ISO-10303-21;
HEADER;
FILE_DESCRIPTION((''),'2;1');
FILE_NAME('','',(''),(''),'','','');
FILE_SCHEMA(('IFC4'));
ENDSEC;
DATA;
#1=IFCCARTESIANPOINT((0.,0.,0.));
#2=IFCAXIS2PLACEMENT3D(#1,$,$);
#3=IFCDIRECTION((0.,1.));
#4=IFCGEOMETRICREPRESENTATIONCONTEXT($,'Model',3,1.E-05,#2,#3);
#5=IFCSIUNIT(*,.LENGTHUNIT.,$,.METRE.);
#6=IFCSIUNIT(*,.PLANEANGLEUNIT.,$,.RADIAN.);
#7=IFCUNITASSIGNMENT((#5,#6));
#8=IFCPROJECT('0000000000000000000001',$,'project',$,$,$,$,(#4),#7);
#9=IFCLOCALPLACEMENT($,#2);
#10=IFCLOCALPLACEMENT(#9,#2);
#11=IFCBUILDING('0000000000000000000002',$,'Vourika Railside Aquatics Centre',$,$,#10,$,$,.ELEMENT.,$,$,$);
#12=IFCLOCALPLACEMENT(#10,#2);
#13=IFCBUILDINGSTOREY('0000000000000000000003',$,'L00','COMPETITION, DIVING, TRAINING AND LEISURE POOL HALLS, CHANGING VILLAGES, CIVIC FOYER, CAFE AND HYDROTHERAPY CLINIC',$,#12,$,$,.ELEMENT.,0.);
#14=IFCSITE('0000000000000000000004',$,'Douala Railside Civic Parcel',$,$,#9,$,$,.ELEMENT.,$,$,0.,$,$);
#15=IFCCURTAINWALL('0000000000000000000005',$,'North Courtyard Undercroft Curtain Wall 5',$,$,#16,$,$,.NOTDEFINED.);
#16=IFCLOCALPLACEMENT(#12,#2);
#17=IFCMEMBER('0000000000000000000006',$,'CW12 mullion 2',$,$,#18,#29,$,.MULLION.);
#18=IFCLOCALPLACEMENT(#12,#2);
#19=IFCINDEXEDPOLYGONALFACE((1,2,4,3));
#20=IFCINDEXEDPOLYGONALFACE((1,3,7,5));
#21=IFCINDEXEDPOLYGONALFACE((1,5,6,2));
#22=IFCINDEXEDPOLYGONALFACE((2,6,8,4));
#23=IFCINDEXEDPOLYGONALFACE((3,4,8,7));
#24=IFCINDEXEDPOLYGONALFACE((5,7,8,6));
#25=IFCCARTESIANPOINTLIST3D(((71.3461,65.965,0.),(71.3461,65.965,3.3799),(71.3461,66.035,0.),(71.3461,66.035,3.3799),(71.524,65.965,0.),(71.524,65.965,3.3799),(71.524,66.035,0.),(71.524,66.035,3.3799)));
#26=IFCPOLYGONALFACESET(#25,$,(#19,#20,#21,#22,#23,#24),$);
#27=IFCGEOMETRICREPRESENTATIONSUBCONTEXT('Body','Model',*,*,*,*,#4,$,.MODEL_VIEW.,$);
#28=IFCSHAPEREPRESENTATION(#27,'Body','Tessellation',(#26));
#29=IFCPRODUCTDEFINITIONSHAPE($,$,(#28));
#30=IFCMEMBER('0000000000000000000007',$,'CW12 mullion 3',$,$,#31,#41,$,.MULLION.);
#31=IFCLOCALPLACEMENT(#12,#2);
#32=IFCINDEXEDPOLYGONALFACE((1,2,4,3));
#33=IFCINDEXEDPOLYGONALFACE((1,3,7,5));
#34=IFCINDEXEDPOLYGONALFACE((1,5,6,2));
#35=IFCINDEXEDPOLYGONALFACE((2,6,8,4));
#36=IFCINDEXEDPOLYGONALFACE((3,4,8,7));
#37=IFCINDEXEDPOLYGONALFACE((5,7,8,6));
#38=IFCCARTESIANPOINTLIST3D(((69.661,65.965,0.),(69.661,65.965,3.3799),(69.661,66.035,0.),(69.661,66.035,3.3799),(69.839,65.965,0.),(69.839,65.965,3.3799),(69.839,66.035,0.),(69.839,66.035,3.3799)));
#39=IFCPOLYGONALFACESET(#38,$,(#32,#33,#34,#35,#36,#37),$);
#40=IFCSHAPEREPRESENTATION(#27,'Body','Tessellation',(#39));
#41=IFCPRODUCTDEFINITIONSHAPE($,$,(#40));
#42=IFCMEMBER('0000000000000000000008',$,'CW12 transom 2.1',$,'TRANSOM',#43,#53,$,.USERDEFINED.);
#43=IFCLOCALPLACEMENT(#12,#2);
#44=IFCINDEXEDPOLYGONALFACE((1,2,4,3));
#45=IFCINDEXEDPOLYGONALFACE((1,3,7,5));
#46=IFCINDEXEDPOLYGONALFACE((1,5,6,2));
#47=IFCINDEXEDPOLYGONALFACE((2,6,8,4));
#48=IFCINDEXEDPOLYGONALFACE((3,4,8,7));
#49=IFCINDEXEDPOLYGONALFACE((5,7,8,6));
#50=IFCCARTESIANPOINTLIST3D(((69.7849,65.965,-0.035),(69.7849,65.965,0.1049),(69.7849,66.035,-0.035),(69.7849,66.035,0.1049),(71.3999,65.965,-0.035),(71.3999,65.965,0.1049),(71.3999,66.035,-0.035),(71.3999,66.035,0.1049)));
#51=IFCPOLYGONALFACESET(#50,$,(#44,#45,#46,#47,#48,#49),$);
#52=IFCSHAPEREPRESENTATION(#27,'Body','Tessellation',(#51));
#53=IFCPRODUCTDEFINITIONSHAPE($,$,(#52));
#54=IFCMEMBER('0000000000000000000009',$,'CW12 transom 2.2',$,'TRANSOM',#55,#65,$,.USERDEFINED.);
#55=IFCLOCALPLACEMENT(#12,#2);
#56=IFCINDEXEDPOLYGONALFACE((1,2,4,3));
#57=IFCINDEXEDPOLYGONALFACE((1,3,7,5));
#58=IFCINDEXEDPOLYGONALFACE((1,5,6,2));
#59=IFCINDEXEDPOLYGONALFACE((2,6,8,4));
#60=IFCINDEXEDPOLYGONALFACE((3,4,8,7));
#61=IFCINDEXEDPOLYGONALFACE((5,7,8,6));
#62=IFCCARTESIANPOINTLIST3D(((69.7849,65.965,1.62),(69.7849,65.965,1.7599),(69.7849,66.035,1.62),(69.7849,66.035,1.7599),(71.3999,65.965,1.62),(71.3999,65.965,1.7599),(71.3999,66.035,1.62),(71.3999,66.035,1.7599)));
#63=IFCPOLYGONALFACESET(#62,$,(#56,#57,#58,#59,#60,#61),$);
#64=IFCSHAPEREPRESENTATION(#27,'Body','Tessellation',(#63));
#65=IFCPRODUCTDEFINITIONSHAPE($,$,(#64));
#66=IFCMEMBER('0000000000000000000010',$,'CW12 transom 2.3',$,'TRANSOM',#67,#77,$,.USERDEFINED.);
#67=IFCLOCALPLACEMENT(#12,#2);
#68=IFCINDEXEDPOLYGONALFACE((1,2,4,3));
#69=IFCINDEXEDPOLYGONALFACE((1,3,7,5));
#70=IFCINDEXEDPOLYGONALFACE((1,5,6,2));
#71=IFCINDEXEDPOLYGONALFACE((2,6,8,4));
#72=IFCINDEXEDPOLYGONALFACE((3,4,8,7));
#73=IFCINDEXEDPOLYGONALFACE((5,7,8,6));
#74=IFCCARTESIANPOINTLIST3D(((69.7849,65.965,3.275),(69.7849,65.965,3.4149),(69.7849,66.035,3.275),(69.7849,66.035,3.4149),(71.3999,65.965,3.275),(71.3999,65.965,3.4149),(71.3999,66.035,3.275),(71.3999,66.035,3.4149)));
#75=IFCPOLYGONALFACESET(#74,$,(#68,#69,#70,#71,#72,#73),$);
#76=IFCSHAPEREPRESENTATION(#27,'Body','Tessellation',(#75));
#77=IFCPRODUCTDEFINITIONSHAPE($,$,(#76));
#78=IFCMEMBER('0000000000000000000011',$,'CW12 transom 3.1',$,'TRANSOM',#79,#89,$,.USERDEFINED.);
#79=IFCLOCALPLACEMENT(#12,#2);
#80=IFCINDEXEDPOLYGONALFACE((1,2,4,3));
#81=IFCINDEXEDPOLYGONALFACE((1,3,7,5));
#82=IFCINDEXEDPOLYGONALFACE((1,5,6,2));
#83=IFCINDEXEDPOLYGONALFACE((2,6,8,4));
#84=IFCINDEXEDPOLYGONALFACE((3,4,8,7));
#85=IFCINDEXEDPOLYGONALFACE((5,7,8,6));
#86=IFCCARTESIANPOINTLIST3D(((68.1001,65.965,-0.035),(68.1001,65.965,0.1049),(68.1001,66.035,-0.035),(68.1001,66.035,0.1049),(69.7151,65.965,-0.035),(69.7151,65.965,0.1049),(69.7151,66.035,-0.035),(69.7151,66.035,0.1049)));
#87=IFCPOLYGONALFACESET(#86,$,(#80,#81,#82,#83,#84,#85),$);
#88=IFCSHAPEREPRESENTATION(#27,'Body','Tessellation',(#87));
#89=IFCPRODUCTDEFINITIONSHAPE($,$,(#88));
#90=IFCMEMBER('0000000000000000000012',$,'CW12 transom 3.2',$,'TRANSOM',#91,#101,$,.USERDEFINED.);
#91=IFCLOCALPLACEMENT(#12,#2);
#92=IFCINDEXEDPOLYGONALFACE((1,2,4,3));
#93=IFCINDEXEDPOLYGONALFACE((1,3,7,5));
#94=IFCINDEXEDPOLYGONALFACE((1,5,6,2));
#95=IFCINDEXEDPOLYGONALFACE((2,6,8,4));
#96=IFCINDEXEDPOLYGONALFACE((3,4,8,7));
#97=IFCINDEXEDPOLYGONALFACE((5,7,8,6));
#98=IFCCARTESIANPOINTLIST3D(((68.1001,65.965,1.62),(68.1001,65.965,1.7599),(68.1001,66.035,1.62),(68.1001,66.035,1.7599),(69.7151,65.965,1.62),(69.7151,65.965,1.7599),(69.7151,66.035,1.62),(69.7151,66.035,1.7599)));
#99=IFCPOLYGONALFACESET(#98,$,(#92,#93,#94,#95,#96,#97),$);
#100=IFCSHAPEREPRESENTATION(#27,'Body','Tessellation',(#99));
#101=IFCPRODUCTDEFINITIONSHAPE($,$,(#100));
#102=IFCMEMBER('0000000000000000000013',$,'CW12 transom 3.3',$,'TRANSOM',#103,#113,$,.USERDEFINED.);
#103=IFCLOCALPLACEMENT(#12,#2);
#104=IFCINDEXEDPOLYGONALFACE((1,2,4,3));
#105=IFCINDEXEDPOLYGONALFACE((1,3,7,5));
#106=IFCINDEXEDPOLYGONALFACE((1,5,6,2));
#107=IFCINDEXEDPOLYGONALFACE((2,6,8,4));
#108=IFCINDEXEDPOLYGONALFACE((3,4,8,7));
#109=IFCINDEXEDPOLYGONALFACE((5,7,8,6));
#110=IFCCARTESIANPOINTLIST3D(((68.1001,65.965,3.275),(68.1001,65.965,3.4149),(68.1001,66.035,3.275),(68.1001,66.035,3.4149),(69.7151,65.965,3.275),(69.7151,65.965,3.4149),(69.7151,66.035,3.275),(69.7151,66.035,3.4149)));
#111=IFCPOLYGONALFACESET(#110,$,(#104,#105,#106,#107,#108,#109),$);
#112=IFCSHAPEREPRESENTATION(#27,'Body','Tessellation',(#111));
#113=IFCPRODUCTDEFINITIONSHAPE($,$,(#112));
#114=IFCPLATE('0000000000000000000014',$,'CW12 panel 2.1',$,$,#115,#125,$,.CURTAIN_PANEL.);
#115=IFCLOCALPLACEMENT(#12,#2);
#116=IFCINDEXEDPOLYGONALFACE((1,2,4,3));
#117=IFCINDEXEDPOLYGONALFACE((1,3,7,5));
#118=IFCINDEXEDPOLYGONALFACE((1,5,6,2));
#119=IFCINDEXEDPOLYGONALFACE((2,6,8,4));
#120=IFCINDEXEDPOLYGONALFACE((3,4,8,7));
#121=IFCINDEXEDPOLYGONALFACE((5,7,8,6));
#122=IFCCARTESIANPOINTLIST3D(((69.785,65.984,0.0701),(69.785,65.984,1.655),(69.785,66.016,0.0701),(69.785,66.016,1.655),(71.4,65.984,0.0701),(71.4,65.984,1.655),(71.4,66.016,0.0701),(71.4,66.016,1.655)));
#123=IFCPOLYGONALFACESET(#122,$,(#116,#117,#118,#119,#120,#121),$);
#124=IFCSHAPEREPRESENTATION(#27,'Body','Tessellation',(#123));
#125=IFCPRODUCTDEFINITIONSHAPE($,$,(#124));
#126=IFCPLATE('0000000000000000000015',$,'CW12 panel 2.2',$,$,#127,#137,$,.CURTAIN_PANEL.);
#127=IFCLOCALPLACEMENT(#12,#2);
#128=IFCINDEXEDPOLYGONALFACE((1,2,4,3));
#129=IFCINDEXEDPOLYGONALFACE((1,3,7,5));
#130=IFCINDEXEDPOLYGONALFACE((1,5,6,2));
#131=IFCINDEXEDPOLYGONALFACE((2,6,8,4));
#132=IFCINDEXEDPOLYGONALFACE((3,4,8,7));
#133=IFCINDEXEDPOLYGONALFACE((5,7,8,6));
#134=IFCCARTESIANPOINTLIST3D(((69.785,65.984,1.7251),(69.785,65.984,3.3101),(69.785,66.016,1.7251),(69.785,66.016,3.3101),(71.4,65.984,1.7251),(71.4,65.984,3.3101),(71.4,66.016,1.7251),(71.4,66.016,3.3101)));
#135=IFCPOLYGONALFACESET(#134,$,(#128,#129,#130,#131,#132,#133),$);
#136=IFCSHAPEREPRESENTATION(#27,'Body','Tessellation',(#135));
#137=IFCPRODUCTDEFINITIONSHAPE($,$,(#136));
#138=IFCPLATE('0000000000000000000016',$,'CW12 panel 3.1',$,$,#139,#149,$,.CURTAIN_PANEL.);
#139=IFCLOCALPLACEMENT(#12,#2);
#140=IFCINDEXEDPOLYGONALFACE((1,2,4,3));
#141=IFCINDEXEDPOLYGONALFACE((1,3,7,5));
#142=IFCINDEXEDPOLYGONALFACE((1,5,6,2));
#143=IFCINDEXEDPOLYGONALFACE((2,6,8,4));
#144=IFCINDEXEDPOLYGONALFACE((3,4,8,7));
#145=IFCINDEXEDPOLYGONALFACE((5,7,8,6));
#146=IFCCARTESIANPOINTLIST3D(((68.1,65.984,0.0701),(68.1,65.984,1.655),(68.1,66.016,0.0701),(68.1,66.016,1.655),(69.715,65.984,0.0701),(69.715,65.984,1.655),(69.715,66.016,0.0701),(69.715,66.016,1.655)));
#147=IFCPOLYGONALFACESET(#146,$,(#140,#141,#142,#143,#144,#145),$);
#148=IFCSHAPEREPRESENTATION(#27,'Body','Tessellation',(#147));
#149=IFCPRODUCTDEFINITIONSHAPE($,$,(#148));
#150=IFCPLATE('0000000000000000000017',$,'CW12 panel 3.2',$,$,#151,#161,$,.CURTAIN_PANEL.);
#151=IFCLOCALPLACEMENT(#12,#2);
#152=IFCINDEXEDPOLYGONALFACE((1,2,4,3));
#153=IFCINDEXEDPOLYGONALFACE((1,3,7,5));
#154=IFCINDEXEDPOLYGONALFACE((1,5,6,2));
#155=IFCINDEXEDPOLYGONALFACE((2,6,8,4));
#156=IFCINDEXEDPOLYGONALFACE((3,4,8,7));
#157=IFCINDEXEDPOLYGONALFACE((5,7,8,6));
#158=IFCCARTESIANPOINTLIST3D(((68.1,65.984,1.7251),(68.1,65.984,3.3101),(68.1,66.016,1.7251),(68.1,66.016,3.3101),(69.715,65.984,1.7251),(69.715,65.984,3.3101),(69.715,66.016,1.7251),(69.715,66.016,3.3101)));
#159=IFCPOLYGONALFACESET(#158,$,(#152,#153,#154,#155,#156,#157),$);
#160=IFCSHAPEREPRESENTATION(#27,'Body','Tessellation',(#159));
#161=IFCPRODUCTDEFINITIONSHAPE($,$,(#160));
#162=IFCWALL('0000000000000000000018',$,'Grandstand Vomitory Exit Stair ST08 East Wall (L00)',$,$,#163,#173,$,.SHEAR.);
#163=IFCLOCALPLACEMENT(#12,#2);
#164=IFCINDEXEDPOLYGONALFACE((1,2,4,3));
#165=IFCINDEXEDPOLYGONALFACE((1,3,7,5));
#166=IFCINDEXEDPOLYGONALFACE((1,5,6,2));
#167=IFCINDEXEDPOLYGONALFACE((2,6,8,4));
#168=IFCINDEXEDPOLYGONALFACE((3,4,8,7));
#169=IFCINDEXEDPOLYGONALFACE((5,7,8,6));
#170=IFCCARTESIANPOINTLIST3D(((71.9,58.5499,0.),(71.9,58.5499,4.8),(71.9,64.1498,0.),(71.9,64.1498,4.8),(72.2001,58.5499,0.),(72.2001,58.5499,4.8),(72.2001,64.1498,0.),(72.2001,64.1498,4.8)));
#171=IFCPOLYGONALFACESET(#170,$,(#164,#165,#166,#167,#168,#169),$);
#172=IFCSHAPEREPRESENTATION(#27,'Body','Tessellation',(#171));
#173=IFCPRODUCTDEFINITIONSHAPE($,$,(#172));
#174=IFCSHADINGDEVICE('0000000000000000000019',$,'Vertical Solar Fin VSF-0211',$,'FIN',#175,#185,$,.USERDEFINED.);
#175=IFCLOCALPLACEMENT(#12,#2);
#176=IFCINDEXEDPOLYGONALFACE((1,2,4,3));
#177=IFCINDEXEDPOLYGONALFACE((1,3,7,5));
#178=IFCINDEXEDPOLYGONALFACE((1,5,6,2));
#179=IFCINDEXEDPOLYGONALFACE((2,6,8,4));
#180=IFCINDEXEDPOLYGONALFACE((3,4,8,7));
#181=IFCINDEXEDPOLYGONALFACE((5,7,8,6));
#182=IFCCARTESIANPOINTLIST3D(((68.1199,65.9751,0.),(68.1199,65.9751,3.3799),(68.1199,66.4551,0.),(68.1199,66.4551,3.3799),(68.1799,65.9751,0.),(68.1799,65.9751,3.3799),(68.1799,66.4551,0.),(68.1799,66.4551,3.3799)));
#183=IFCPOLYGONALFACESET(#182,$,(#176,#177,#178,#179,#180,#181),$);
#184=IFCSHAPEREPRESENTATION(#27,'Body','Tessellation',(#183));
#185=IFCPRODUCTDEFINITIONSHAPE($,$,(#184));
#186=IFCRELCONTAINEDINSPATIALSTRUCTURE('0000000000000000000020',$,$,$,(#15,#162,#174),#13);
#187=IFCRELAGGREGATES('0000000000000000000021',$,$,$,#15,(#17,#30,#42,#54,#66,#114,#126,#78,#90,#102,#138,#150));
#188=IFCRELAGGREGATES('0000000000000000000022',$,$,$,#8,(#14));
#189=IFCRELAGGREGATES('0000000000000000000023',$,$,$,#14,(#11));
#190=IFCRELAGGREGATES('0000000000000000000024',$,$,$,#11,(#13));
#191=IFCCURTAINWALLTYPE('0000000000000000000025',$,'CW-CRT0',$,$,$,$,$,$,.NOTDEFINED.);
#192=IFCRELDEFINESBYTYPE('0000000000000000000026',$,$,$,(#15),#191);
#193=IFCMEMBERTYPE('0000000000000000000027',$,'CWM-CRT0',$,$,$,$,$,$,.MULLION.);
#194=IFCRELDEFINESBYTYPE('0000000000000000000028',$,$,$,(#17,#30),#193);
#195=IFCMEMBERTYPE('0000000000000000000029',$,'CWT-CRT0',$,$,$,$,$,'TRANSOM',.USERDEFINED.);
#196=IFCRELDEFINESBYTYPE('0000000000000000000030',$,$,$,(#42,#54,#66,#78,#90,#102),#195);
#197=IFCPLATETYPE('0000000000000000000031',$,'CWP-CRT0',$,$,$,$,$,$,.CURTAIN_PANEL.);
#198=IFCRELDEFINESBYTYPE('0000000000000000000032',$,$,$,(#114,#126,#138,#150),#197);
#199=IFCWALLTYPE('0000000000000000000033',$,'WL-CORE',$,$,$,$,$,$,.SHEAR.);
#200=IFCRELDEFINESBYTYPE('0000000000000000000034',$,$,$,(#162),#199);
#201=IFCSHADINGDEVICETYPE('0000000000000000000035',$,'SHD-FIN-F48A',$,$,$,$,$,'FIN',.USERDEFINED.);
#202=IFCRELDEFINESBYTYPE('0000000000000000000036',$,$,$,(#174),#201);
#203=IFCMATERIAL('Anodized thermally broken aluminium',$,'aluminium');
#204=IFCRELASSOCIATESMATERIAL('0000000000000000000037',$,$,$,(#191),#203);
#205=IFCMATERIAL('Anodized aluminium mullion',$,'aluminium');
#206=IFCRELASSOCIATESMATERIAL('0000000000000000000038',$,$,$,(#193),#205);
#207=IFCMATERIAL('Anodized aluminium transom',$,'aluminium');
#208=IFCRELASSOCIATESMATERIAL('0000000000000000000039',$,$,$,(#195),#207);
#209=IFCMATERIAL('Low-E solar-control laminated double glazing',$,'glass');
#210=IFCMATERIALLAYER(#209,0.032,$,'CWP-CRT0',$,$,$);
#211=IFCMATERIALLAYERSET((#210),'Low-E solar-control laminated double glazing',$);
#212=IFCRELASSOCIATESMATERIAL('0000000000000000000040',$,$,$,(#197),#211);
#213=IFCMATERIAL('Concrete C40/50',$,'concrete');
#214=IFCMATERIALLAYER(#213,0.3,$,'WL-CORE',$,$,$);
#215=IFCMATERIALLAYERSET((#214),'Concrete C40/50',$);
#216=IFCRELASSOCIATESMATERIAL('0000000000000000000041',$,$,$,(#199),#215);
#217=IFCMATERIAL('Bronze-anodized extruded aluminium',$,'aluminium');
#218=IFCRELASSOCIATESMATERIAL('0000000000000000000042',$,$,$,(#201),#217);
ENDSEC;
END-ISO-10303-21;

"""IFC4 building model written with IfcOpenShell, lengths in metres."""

from ifc_helpers import new_model, si_unit, direction, frame, frame_2d, origin, origin_2d, place, context, subcontext, project, spatial, rectangle, extrude, material, layer, layer_set, material_profile, profile_set, type_object, element, aggregate, save


model = new_model("IFC4")

# Units and contexts
model_context = context("Model", 3, precision=1e-05, world=origin(), true_north=direction((0.0, 1.0)))
body_context = subcontext(model_context, "Body", "Model", "MODEL_VIEW")
ifc_project = project(units=[si_unit("LENGTHUNIT", "METRE"), si_unit("PLANEANGLEUNIT", "RADIAN")], contexts=[model_context])

# Site, building, storey
site_placement = place(None, origin())
site = spatial("IfcSite", under=ifc_project, at=site_placement, Name="Douala Railside Civic Parcel", CompositionType="ELEMENT", RefElevation=0.0)
building_placement = place(site_placement, origin())
building = spatial("IfcBuilding", under=site, at=building_placement, Name="Vourika Railside Aquatics Centre", CompositionType="ELEMENT")
storey_placement = place(building_placement, origin())
storey = spatial("IfcBuildingStorey", under=building, at=storey_placement, Name="L00", Description="COMPETITION, DIVING, TRAINING AND LEISURE POOL HALLS, CHANGING VILLAGES, CIVIC FOYER, CAFE AND HYDROTHERAPY CLINIC", CompositionType="ELEMENT", Elevation=0.0)

# Curtain wall, members, plates
ifc_material_1 = material(Name="Anodized thermally broken aluminium", Category="aluminium")
curtain_wall_type = type_object("IfcCurtainWallType", Name="CW-CRT0", PredefinedType="NOTDEFINED", material=ifc_material_1)
curtain_wall_placement = place(storey_placement, origin())
curtain_wall = element("IfcCurtainWall", 1, at=curtain_wall_placement, inside=storey, type_object=curtain_wall_type, Name="North Courtyard Undercroft Curtain Wall 5", PredefinedType="NOTDEFINED")
ifc_material_2 = material(Name="Anodized aluminium mullion", Category="aluminium")
ifc_material_profile_1 = material_profile(ifc_material_2, rectangle(XDim=0.0701, YDim=0.178, at=origin_2d()), Name="ALU-M 70x178")
ifc_profile_set_1 = profile_set([ifc_material_profile_1], Name="Anodized aluminium mullion")
member_type_1 = type_object("IfcMemberType", Name="CWM-CRT0", PredefinedType="MULLION", material=ifc_profile_set_1)
member_1_placement = place(storey_placement, frame((71.4351, 66.0, 0.0), z_axis=(0.0, 0.0, 1.0), x_axis=(0.0, -1.0, 0.0)))
member_1 = element("IfcMember", 2, at=member_1_placement, type_object=member_type_1, Name="CW12 mullion 2", PredefinedType="MULLION", context=body_context, shape_type="SweptSolid", body=[
    extrude(rectangle(XDim=0.0701, YDim=0.178, at=origin_2d()), origin(), (0.0, 0.0, 1.0), 3.3799),
])
member_2_placement = place(storey_placement, frame((69.75, 66.0, 0.0), z_axis=(0.0, 0.0, 1.0), x_axis=(0.0, -1.0, 0.0)))
member_2 = element("IfcMember", 3, at=member_2_placement, type_object=member_type_1, Name="CW12 mullion 3", PredefinedType="MULLION", context=body_context, shape_type="SweptSolid", body=[
    extrude(rectangle(XDim=0.0701, YDim=0.178, at=origin_2d()), origin(), (0.0, 0.0, 1.0), 3.3799),
])
ifc_material_3 = material(Name="Anodized aluminium transom", Category="aluminium")
ifc_material_profile_2 = material_profile(ifc_material_3, rectangle(XDim=0.0701, YDim=0.1399, at=origin_2d()), Name="ALU-T 70x140")
ifc_profile_set_2 = profile_set([ifc_material_profile_2], Name="Anodized aluminium transom")
member_type_2 = type_object("IfcMemberType", Name="CWT-CRT0", ElementType="TRANSOM", PredefinedType="USERDEFINED", material=ifc_profile_set_2)
member_3_placement = place(storey_placement, frame((71.3999, 66.0, 0.0349), z_axis=(-1.0, 0.0, 0.0), x_axis=(0.0, -1.0, 0.0)))
member_3 = element("IfcMember", 4, at=member_3_placement, type_object=member_type_2, Name="CW12 transom 2.1", ObjectType="TRANSOM", PredefinedType="USERDEFINED", context=body_context, shape_type="SweptSolid", body=[
    extrude(rectangle(XDim=0.0701, YDim=0.1399, at=origin_2d()), origin(), (0.0, 0.0, 1.0), 1.615),
])
member_4_placement = place(storey_placement, frame((71.3999, 66.0, 1.6899), z_axis=(-1.0, 0.0, 0.0), x_axis=(0.0, -1.0, 0.0)))
member_4 = element("IfcMember", 5, at=member_4_placement, type_object=member_type_2, Name="CW12 transom 2.2", ObjectType="TRANSOM", PredefinedType="USERDEFINED", context=body_context, shape_type="SweptSolid", body=[
    extrude(rectangle(XDim=0.0701, YDim=0.1399, at=origin_2d()), origin(), (0.0, 0.0, 1.0), 1.615),
])
member_5_placement = place(storey_placement, frame((71.3999, 66.0, 3.345), z_axis=(-1.0, 0.0, 0.0), x_axis=(0.0, -1.0, 0.0)))
member_5 = element("IfcMember", 6, at=member_5_placement, type_object=member_type_2, Name="CW12 transom 2.3", ObjectType="TRANSOM", PredefinedType="USERDEFINED", context=body_context, shape_type="SweptSolid", body=[
    extrude(rectangle(XDim=0.0701, YDim=0.1399, at=origin_2d()), origin(), (0.0, 0.0, 1.0), 1.615),
])
member_6_placement = place(storey_placement, frame((69.7151, 66.0, 0.0349), z_axis=(-1.0, 0.0, 0.0), x_axis=(0.0, -1.0, 0.0)))
member_6 = element("IfcMember", 7, at=member_6_placement, type_object=member_type_2, Name="CW12 transom 3.1", ObjectType="TRANSOM", PredefinedType="USERDEFINED", context=body_context, shape_type="SweptSolid", body=[
    extrude(rectangle(XDim=0.0701, YDim=0.1399, at=origin_2d()), origin(), (0.0, 0.0, 1.0), 1.615),
])
member_7_placement = place(storey_placement, frame((69.7151, 66.0, 1.6899), z_axis=(-1.0, 0.0, 0.0), x_axis=(0.0, -1.0, 0.0)))
member_7 = element("IfcMember", 8, at=member_7_placement, type_object=member_type_2, Name="CW12 transom 3.2", ObjectType="TRANSOM", PredefinedType="USERDEFINED", context=body_context, shape_type="SweptSolid", body=[
    extrude(rectangle(XDim=0.0701, YDim=0.1399, at=origin_2d()), origin(), (0.0, 0.0, 1.0), 1.615),
])
member_8_placement = place(storey_placement, frame((69.7151, 66.0, 3.345), z_axis=(-1.0, 0.0, 0.0), x_axis=(0.0, -1.0, 0.0)))
member_8 = element("IfcMember", 9, at=member_8_placement, type_object=member_type_2, Name="CW12 transom 3.3", ObjectType="TRANSOM", PredefinedType="USERDEFINED", context=body_context, shape_type="SweptSolid", body=[
    extrude(rectangle(XDim=0.0701, YDim=0.1399, at=origin_2d()), origin(), (0.0, 0.0, 1.0), 1.615),
])
ifc_material_4 = material(Name="Low-E solar-control laminated double glazing", Category="glass")
ifc_layer_1 = layer(ifc_material_4, 0.032, Name="CWP-CRT0")
ifc_layer_set_1 = layer_set([ifc_layer_1], Name="Low-E solar-control laminated double glazing")
plate_type = type_object("IfcPlateType", Name="CWP-CRT0", PredefinedType="CURTAIN_PANEL", material=ifc_layer_set_1)
plate_1_placement = place(storey_placement, frame((70.5925, 66.0, 0.0701), z_axis=(0.0, 0.0, 1.0), x_axis=(-1.0, 0.0, 0.0)))
plate_1 = element("IfcPlate", 10, at=plate_1_placement, type_object=plate_type, Name="CW12 panel 2.1", PredefinedType="CURTAIN_PANEL", context=body_context, shape_type="SweptSolid", body=[
    extrude(rectangle(XDim=1.615, YDim=0.032, at=origin_2d()), origin(), (0.0, 0.0, 1.0), 1.585),
])
plate_2_placement = place(storey_placement, frame((70.5925, 66.0, 1.7251), z_axis=(0.0, 0.0, 1.0), x_axis=(-1.0, 0.0, 0.0)))
plate_2 = element("IfcPlate", 11, at=plate_2_placement, type_object=plate_type, Name="CW12 panel 2.2", PredefinedType="CURTAIN_PANEL", context=body_context, shape_type="SweptSolid", body=[
    extrude(rectangle(XDim=1.615, YDim=0.032, at=origin_2d()), origin(), (0.0, 0.0, 1.0), 1.585),
])
plate_3_placement = place(storey_placement, frame((68.9075, 66.0, 0.0701), z_axis=(0.0, 0.0, 1.0), x_axis=(-1.0, 0.0, 0.0)))
plate_3 = element("IfcPlate", 12, at=plate_3_placement, type_object=plate_type, Name="CW12 panel 3.1", PredefinedType="CURTAIN_PANEL", context=body_context, shape_type="SweptSolid", body=[
    extrude(rectangle(XDim=1.615, YDim=0.032, at=origin_2d()), origin(), (0.0, 0.0, 1.0), 1.585),
])
plate_4_placement = place(storey_placement, frame((68.9075, 66.0, 1.7251), z_axis=(0.0, 0.0, 1.0), x_axis=(-1.0, 0.0, 0.0)))
plate_4 = element("IfcPlate", 13, at=plate_4_placement, type_object=plate_type, Name="CW12 panel 3.2", PredefinedType="CURTAIN_PANEL", context=body_context, shape_type="SweptSolid", body=[
    extrude(rectangle(XDim=1.615, YDim=0.032, at=origin_2d()), origin(), (0.0, 0.0, 1.0), 1.585),
])
aggregate(curtain_wall, [member_1, member_2, member_3, member_4, member_5, plate_1, plate_2, member_6, member_7, member_8, plate_3, plate_4])

# Wall
ifc_material_5 = material(Name="Concrete C40/50", Category="concrete")
ifc_layer_2 = layer(ifc_material_5, 0.3, Name="WL-CORE")
ifc_layer_set_2 = layer_set([ifc_layer_2], Name="Concrete C40/50")
wall_type = type_object("IfcWallType", Name="WL-CORE", PredefinedType="SHEAR", material=ifc_layer_set_2)
wall_placement = place(storey_placement, frame((72.05, 58.55, 0.0), z_axis=(0.0, 0.0, 1.0), x_axis=(0.0, 1.0, 0.0)))
element("IfcWall", 14, at=wall_placement, inside=storey, type_object=wall_type, Name="Grandstand Vomitory Exit Stair ST08 East Wall (L00)", PredefinedType="SHEAR", context=body_context, shape_type="SweptSolid", body=[
    extrude(rectangle(XDim=5.5999, YDim=0.3, at=frame_2d((2.7998, 0.0))), origin(), (0.0, 0.0, 1.0), 4.8),
])

# Shading device
ifc_material_6 = material(Name="Bronze-anodized extruded aluminium", Category="aluminium")
ifc_material_profile_3 = material_profile(ifc_material_6, rectangle(XDim=0.0601, YDim=0.48, at=origin_2d()), Name="ALU-FIN 60x480")
ifc_profile_set_3 = profile_set([ifc_material_profile_3], Name="Bronze-anodized extruded aluminium")
shading_device_type = type_object("IfcShadingDeviceType", Name="SHD-FIN-F48A", ElementType="FIN", PredefinedType="USERDEFINED", material=ifc_profile_set_3)
for number, where, z_axis, x_axis, name in (
    (15, (68.1499, 66.2151, 0.0), (0.0, 0.0, 1.0), (1.0, 0.0, 0.0), "Vertical Solar Fin VSF-0211"),
):
    element("IfcShadingDevice", number, at=place(storey_placement, frame(where, z_axis=z_axis, x_axis=x_axis)), inside=storey, type_object=shading_device_type, Name=name, ObjectType="FIN", PredefinedType="USERDEFINED", context=body_context, shape_type="SweptSolid", body=[
        extrude(rectangle(XDim=0.0601, YDim=0.48, at=origin_2d()), origin(), (0.0, 0.0, 1.0), 3.3799),
    ])

save(model, "model.ifc")
